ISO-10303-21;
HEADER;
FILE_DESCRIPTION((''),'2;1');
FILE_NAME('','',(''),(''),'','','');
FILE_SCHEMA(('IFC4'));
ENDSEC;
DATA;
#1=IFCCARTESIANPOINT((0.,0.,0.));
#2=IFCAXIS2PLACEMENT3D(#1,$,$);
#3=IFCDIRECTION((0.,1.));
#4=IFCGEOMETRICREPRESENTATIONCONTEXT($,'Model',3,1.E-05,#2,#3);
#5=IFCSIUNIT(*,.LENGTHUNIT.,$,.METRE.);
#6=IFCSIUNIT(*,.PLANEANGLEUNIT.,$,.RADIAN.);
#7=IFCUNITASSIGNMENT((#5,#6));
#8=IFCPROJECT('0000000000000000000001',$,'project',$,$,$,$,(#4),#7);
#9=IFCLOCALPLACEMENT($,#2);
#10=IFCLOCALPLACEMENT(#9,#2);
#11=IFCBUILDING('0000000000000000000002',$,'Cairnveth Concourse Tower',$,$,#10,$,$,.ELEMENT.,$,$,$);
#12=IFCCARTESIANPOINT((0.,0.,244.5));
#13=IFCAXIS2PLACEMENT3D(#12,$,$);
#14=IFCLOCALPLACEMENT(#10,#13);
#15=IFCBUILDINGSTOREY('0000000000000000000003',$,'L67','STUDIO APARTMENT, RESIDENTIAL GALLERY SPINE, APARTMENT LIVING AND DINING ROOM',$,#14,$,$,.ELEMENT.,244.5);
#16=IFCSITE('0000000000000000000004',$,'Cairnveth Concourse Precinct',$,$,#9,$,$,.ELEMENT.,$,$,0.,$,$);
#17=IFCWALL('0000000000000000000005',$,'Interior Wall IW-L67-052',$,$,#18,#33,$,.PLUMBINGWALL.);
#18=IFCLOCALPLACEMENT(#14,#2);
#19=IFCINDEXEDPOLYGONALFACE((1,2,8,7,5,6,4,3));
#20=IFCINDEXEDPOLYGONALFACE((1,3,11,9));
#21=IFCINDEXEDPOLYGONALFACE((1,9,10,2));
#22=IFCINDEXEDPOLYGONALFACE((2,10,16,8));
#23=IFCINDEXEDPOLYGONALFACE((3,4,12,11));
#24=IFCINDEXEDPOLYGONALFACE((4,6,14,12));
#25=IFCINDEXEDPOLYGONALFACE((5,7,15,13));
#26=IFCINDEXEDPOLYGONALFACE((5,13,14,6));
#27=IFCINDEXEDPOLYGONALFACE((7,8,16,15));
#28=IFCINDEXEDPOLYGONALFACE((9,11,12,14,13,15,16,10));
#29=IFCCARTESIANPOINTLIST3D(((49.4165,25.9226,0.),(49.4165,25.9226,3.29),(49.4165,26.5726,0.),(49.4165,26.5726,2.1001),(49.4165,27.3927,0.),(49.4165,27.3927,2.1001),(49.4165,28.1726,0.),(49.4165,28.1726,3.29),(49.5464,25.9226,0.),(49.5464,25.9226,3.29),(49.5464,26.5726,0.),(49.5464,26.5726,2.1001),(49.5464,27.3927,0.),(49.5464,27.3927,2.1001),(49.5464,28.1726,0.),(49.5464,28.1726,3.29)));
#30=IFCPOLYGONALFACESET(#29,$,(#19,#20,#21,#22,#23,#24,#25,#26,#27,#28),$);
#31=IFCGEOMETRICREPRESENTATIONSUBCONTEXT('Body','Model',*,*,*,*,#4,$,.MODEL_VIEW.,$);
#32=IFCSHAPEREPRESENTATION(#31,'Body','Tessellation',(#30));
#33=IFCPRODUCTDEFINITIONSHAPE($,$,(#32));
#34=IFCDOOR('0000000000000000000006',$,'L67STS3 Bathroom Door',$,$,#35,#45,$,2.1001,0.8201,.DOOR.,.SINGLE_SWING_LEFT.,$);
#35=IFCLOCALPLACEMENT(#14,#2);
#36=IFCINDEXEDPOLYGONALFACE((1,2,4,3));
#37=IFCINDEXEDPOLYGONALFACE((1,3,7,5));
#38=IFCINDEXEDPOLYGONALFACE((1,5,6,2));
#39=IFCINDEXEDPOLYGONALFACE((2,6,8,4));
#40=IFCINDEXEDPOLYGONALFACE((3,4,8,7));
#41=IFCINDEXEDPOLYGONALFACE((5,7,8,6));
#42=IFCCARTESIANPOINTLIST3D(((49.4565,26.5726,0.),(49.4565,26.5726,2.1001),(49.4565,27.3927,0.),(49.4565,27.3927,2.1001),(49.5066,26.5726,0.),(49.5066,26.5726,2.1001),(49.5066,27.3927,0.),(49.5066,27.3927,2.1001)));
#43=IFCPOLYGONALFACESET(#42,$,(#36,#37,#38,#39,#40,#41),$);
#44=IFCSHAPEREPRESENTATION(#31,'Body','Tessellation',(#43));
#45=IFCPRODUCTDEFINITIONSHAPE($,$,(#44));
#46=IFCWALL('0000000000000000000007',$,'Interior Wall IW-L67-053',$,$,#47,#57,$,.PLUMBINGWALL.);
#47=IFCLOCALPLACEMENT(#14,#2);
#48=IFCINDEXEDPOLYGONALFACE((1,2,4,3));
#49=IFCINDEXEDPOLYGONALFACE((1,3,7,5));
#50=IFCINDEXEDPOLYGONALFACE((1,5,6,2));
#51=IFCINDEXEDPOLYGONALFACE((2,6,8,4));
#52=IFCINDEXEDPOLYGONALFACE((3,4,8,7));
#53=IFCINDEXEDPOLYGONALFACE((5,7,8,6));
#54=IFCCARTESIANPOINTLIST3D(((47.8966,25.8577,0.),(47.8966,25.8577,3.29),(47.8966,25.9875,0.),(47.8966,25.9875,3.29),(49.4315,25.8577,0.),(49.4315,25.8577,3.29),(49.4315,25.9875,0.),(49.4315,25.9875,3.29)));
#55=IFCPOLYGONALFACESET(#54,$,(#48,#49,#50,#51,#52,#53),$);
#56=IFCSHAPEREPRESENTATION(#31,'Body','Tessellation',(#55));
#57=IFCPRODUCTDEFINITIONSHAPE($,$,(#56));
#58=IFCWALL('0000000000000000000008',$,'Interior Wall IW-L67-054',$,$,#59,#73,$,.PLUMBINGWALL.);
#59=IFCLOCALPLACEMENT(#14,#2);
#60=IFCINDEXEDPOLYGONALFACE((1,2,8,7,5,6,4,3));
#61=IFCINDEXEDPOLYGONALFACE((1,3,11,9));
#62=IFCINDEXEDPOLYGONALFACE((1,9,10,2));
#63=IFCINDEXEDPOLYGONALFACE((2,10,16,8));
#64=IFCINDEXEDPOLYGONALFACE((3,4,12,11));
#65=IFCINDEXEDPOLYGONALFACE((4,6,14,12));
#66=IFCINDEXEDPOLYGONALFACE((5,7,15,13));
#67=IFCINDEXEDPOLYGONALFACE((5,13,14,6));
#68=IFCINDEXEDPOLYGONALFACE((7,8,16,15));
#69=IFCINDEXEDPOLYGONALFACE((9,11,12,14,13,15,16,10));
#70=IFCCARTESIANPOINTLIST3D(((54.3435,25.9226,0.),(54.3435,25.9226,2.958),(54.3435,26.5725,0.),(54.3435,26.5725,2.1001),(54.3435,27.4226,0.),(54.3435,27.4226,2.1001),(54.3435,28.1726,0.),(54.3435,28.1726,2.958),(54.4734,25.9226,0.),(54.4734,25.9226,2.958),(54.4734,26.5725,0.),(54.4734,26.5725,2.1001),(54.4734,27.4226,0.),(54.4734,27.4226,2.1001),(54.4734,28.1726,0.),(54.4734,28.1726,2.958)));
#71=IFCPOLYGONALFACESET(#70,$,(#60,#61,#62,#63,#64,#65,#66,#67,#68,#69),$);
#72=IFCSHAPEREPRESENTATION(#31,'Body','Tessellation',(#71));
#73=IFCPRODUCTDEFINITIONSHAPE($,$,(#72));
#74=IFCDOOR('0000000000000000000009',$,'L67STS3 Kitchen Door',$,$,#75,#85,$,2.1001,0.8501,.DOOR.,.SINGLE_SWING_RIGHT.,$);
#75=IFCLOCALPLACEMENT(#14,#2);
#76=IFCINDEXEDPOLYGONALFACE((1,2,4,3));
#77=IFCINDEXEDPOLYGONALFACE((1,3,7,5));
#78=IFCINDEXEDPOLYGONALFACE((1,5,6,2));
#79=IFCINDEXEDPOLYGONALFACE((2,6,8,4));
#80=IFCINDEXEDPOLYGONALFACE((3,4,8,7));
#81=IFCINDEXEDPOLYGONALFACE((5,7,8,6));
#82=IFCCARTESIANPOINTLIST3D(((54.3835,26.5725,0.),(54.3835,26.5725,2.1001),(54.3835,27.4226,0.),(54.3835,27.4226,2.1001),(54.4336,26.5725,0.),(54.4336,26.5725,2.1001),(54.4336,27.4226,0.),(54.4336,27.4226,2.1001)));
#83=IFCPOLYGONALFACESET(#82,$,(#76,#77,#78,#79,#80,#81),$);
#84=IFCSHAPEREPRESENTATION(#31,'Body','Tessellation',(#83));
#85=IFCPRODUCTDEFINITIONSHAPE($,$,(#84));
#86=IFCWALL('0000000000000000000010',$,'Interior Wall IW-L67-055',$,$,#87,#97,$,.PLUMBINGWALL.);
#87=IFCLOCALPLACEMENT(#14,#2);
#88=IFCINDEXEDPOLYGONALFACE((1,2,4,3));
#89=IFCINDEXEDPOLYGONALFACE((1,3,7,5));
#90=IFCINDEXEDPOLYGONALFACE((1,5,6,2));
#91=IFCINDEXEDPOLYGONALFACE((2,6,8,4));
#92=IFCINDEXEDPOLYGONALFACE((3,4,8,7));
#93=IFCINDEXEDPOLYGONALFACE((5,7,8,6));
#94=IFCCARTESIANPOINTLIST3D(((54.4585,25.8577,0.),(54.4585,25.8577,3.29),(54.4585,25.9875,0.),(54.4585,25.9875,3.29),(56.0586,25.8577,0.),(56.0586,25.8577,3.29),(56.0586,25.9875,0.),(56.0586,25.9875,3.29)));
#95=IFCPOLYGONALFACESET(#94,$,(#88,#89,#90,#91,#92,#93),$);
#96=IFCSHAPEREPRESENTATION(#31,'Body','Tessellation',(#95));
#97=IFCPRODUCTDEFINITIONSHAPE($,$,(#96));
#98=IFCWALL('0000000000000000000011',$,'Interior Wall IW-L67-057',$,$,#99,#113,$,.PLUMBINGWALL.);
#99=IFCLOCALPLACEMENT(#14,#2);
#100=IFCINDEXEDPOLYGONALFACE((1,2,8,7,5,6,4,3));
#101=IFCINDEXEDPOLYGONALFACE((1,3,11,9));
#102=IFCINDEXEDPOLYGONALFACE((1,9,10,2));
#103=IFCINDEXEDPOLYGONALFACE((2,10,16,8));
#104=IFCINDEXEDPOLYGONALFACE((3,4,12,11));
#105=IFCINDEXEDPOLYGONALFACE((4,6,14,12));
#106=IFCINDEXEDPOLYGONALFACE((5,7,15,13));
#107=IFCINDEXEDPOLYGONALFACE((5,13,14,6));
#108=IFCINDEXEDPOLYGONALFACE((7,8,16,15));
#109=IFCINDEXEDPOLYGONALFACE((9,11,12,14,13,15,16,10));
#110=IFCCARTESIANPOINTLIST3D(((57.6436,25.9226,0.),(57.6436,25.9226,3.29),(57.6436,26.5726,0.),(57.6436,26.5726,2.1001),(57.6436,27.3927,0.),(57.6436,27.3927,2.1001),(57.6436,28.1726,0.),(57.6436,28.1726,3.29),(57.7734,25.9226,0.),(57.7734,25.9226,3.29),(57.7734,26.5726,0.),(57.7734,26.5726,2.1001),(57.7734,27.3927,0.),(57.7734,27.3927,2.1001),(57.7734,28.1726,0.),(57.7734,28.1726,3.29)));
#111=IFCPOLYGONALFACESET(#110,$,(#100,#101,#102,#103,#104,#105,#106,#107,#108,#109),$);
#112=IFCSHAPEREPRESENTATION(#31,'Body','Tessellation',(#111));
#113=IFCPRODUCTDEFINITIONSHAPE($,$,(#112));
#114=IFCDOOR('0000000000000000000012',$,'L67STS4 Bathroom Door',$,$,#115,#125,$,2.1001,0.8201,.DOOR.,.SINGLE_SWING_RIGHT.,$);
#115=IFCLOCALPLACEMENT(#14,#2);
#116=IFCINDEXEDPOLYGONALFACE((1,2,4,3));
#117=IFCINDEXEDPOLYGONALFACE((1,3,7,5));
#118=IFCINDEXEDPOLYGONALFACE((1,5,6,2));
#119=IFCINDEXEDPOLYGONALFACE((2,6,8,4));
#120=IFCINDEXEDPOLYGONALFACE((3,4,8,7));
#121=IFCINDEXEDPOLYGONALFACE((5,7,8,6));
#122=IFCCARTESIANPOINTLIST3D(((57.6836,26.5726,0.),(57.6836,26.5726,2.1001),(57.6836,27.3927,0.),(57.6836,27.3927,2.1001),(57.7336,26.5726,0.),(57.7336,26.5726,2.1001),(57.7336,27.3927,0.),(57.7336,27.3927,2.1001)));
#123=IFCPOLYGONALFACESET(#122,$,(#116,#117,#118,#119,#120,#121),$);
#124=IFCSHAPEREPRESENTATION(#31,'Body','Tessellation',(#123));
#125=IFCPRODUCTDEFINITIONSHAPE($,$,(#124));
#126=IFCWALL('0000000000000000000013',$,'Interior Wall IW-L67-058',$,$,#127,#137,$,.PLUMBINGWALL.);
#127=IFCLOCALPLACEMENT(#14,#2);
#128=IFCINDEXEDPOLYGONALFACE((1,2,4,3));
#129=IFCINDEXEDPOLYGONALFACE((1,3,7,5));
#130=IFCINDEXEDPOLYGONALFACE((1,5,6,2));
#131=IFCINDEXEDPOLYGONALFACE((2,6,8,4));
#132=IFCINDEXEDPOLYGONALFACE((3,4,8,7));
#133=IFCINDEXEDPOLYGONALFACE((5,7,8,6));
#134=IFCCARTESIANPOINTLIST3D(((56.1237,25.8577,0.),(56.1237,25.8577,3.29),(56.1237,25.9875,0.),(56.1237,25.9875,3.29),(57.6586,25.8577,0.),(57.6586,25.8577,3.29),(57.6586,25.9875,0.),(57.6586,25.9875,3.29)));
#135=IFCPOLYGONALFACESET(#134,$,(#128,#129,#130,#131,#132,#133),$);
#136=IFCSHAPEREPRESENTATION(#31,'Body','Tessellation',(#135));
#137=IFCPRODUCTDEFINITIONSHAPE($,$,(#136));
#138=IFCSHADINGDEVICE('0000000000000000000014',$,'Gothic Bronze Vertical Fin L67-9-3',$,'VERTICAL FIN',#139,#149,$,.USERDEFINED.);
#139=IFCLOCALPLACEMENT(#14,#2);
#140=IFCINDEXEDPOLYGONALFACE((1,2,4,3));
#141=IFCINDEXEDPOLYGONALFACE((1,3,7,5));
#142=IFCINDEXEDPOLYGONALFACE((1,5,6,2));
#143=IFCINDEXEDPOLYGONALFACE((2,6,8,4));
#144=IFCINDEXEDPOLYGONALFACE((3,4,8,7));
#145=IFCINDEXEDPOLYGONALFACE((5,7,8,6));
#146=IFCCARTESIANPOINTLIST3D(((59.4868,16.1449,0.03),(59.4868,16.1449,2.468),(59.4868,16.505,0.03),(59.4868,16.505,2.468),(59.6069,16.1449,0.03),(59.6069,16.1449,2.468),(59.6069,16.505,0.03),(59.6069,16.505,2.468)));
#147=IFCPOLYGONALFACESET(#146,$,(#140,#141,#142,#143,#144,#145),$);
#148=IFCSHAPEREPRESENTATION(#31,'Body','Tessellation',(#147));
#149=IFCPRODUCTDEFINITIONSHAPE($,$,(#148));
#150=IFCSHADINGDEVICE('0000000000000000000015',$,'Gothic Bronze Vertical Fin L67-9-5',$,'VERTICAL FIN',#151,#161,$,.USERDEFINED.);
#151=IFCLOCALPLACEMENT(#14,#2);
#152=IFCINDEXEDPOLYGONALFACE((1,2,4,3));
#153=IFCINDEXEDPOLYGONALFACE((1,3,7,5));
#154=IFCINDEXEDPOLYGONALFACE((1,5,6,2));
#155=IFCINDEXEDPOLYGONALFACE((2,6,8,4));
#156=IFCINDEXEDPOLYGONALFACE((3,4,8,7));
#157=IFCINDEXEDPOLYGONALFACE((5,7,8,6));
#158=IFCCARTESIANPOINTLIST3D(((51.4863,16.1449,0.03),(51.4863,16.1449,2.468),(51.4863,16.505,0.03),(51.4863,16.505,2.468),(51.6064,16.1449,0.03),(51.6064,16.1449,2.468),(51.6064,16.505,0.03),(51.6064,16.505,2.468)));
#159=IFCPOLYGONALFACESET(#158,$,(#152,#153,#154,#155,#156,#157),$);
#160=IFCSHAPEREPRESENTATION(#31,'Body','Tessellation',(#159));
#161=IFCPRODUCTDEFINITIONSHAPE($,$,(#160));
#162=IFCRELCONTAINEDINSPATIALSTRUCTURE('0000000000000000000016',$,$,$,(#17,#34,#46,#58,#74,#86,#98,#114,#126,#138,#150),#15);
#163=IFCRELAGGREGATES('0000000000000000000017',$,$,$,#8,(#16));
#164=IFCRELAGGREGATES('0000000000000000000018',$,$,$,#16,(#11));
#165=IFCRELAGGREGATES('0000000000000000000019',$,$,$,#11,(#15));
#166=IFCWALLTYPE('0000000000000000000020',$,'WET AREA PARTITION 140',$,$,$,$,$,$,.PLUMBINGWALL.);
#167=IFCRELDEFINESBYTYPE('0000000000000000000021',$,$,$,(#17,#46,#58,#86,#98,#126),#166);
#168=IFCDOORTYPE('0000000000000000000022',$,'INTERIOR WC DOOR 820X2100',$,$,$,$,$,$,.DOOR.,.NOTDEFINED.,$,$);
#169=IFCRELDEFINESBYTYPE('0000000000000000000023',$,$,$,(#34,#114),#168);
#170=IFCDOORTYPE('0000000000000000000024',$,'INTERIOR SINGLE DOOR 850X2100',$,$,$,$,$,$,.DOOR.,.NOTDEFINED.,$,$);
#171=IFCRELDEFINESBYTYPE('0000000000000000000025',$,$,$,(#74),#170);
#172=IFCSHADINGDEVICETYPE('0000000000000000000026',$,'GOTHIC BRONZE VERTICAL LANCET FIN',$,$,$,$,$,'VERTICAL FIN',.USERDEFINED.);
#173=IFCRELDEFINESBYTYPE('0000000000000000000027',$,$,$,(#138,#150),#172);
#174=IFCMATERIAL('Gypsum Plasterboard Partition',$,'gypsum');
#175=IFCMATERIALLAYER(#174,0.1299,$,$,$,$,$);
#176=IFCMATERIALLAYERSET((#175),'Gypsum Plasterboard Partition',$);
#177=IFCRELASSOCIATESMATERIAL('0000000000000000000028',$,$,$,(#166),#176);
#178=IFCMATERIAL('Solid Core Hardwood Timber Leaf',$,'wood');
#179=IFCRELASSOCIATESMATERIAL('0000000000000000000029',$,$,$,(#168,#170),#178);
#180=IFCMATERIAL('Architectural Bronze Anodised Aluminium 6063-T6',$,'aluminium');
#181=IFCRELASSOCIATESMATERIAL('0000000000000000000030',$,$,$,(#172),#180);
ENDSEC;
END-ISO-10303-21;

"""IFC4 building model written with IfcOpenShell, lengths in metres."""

from ifc_helpers import new_model, si_unit, direction, frame, frame_2d, origin, origin_2d, place, context, subcontext, project, spatial, rectangle, extrude, material, layer, layer_set, type_object, element, fill, save


model = new_model("IFC4")

# Units and contexts
model_context = context("Model", 3, precision=1e-05, world=origin(), true_north=direction((0.0, 1.0)))
body_context = subcontext(model_context, "Body", "Model", "MODEL_VIEW")
ifc_project = project(units=[si_unit("LENGTHUNIT", "METRE"), si_unit("PLANEANGLEUNIT", "RADIAN")], contexts=[model_context])

# Site, building, storey
site_placement = place(None, origin())
site = spatial("IfcSite", under=ifc_project, at=site_placement, Name="Cairnveth Concourse Precinct", CompositionType="ELEMENT", RefElevation=0.0)
building_placement = place(site_placement, origin())
building = spatial("IfcBuilding", under=site, at=building_placement, Name="Cairnveth Concourse Tower", CompositionType="ELEMENT")
storey_placement = place(building_placement, frame((0.0, 0.0, 244.5)))
storey = spatial("IfcBuildingStorey", under=building, at=storey_placement, Name="L67", Description="STUDIO APARTMENT, RESIDENTIAL GALLERY SPINE, APARTMENT LIVING AND DINING ROOM", CompositionType="ELEMENT", Elevation=244.5)

# Shared definitions
ifc_material_1 = material(Name="Gypsum Plasterboard Partition", Category="gypsum")
ifc_material_2 = material(Name="Solid Core Hardwood Timber Leaf", Category="wood")

# Wall, opening, door
ifc_layer_1 = layer(ifc_material_1, 0.1299)
ifc_layer_set_1 = layer_set([ifc_layer_1], Name="Gypsum Plasterboard Partition")
wall_type_1 = type_object("IfcWallType", Name="WET AREA PARTITION 140", PredefinedType="PLUMBINGWALL", material=ifc_layer_set_1)
wall_1_placement = place(storey_placement, frame((49.4814, 25.9226, 0.0), z_axis=(0.0, 0.0, 1.0), x_axis=(0.0, 1.0, 0.0)))
wall_1 = element("IfcWall", 1, at=wall_1_placement, inside=storey, type_object=wall_type_1, Name="Interior Wall IW-L67-052", PredefinedType="PLUMBINGWALL", context=body_context, shape_type="SweptSolid", body=[
    extrude(rectangle(XDim=2.25, YDim=0.1299, at=frame_2d((1.125, 0.0))), origin(), (0.0, 0.0, 1.0), 3.29),
])
opening_1_placement = place(wall_1_placement, frame((0.6499, 0.0, 0.0)))
opening_1 = element("IfcOpeningElement", 2, at=opening_1_placement, cuts=wall_1, PredefinedType="OPENING", context=body_context, shape_type="SweptSolid", body=[
    extrude(rectangle(XDim=0.8201, YDim=2.1001, at=frame_2d((0.4102, 1.05))), frame((0.0, 0.075, 0.0), z_axis=(0.0, -1.0, 0.0), x_axis=(1.0, 0.0, 0.0)), (0.0, 0.0, 1.0), 0.1499),
])
door_type_1 = type_object("IfcDoorType", Name="INTERIOR WC DOOR 820X2100", OperationType="NOTDEFINED", PredefinedType="DOOR", material=ifc_material_2)
door_1_placement = place(opening_1_placement, origin())
door_1 = element("IfcDoor", 3, at=door_1_placement, inside=storey, type_object=door_type_1, Name="L67STS3 Bathroom Door", OperationType="SINGLE_SWING_LEFT", OverallHeight=2.1001, OverallWidth=0.8201, PredefinedType="DOOR", context=body_context, shape_type="SweptSolid", body=[
    extrude(rectangle(XDim=0.8201, YDim=2.1001, at=frame_2d((0.4102, 1.05))), frame((0.0, 0.0249, 0.0), z_axis=(0.0, -1.0, 0.0), x_axis=(1.0, 0.0, 0.0)), (0.0, 0.0, 1.0), 0.05),
])
fill(opening_1, door_1)

# Wall
wall_2_placement = place(storey_placement, frame((47.8965, 25.9226, 0.0), z_axis=(0.0, 0.0, 1.0), x_axis=(1.0, 0.0, 0.0)))
element("IfcWall", 4, at=wall_2_placement, inside=storey, type_object=wall_type_1, Name="Interior Wall IW-L67-053", PredefinedType="PLUMBINGWALL", context=body_context, shape_type="SweptSolid", body=[
    extrude(rectangle(XDim=1.5349, YDim=0.1299, at=frame_2d((0.7676, 0.0))), origin(), (0.0, 0.0, 1.0), 3.29),
])

# Wall, opening, door
wall_3_placement = place(storey_placement, frame((54.4084, 25.9226, 0.0), z_axis=(0.0, 0.0, 1.0), x_axis=(0.0, 1.0, 0.0)))
wall_3 = element("IfcWall", 5, at=wall_3_placement, inside=storey, type_object=wall_type_1, Name="Interior Wall IW-L67-054", PredefinedType="PLUMBINGWALL", context=body_context, shape_type="SweptSolid", body=[
    extrude(rectangle(XDim=2.25, YDim=0.1299, at=frame_2d((1.125, 0.0))), origin(), (0.0, 0.0, 1.0), 2.958),
])
opening_2_placement = place(wall_3_placement, frame((0.6499, 0.0, 0.0)))
opening_2 = element("IfcOpeningElement", 6, at=opening_2_placement, cuts=wall_3, PredefinedType="OPENING", context=body_context, shape_type="SweptSolid", body=[
    extrude(rectangle(XDim=0.8501, YDim=2.1001, at=frame_2d((0.425, 1.05))), frame((0.0, 0.075, 0.0), z_axis=(0.0, -1.0, 0.0), x_axis=(1.0, 0.0, 0.0)), (0.0, 0.0, 1.0), 0.1499),
])
door_type_2 = type_object("IfcDoorType", Name="INTERIOR SINGLE DOOR 850X2100", OperationType="NOTDEFINED", PredefinedType="DOOR", material=ifc_material_2)
door_2_placement = place(opening_2_placement, origin())
door_2 = element("IfcDoor", 7, at=door_2_placement, inside=storey, type_object=door_type_2, Name="L67STS3 Kitchen Door", OperationType="SINGLE_SWING_RIGHT", OverallHeight=2.1001, OverallWidth=0.8501, PredefinedType="DOOR", context=body_context, shape_type="SweptSolid", body=[
    extrude(rectangle(XDim=0.8501, YDim=2.1001, at=frame_2d((0.425, 1.05))), frame((0.0, 0.0249, 0.0), z_axis=(0.0, -1.0, 0.0), x_axis=(1.0, 0.0, 0.0)), (0.0, 0.0, 1.0), 0.05),
])
fill(opening_2, door_2)

# Wall
wall_4_placement = place(storey_placement, frame((54.4585, 25.9226, 0.0), z_axis=(0.0, 0.0, 1.0), x_axis=(1.0, 0.0, 0.0)))
element("IfcWall", 8, at=wall_4_placement, inside=storey, type_object=wall_type_1, Name="Interior Wall IW-L67-055", PredefinedType="PLUMBINGWALL", context=body_context, shape_type="SweptSolid", body=[
    extrude(rectangle(XDim=1.6001, YDim=0.1299, at=frame_2d((0.8, 0.0))), origin(), (0.0, 0.0, 1.0), 3.29),
])

# Wall, opening, door
wall_5_placement = place(storey_placement, frame((57.7085, 25.9226, 0.0), z_axis=(0.0, 0.0, 1.0), x_axis=(0.0, 1.0, 0.0)))
wall_5 = element("IfcWall", 9, at=wall_5_placement, inside=storey, type_object=wall_type_1, Name="Interior Wall IW-L67-057", PredefinedType="PLUMBINGWALL", context=body_context, shape_type="SweptSolid", body=[
    extrude(rectangle(XDim=2.25, YDim=0.1299, at=frame_2d((1.125, 0.0))), origin(), (0.0, 0.0, 1.0), 3.29),
])
opening_3_placement = place(wall_5_placement, frame((0.6499, 0.0, 0.0)))
opening_3 = element("IfcOpeningElement", 10, at=opening_3_placement, cuts=wall_5, PredefinedType="OPENING", context=body_context, shape_type="SweptSolid", body=[
    extrude(rectangle(XDim=0.8201, YDim=2.1001, at=frame_2d((0.4102, 1.05))), frame((0.0, 0.075, 0.0), z_axis=(0.0, -1.0, 0.0), x_axis=(1.0, 0.0, 0.0)), (0.0, 0.0, 1.0), 0.1499),
])
door_3_placement = place(opening_3_placement, origin())
door_3 = element("IfcDoor", 11, at=door_3_placement, inside=storey, type_object=door_type_1, Name="L67STS4 Bathroom Door", OperationType="SINGLE_SWING_RIGHT", OverallHeight=2.1001, OverallWidth=0.8201, PredefinedType="DOOR", context=body_context, shape_type="SweptSolid", body=[
    extrude(rectangle(XDim=0.8201, YDim=2.1001, at=frame_2d((0.4102, 1.05))), frame((0.0, 0.0249, 0.0), z_axis=(0.0, -1.0, 0.0), x_axis=(1.0, 0.0, 0.0)), (0.0, 0.0, 1.0), 0.05),
])
fill(opening_3, door_3)

# Wall
wall_6_placement = place(storey_placement, frame((56.1235, 25.9226, 0.0), z_axis=(0.0, 0.0, 1.0), x_axis=(1.0, 0.0, 0.0)))
element("IfcWall", 12, at=wall_6_placement, inside=storey, type_object=wall_type_1, Name="Interior Wall IW-L67-058", PredefinedType="PLUMBINGWALL", context=body_context, shape_type="SweptSolid", body=[
    extrude(rectangle(XDim=1.5349, YDim=0.1299, at=frame_2d((0.7676, 0.0))), origin(), (0.0, 0.0, 1.0), 3.29),
])

# Shading devices
ifc_material_3 = material(Name="Architectural Bronze Anodised Aluminium 6063-T6", Category="aluminium")
shading_device_type = type_object("IfcShadingDeviceType", Name="GOTHIC BRONZE VERTICAL LANCET FIN", ElementType="VERTICAL FIN", PredefinedType="USERDEFINED", material=ifc_material_3)
for number, where, z_axis, x_axis, name in (
    (13, (59.5469, 16.325, 0.03), (0.0, 0.0, 1.0), (1.0, 0.0, 0.0), "Gothic Bronze Vertical Fin L67-9-3"),
    (14, (51.5464, 16.325, 0.03), (0.0, 0.0, 1.0), (1.0, 0.0, 0.0), "Gothic Bronze Vertical Fin L67-9-5"),
):
    element("IfcShadingDevice", number, at=place(storey_placement, frame(where, z_axis=z_axis, x_axis=x_axis)), inside=storey, type_object=shading_device_type, Name=name, ObjectType="VERTICAL FIN", PredefinedType="USERDEFINED", context=body_context, shape_type="SweptSolid", body=[
        extrude(rectangle(XDim=0.1201, YDim=0.3601, at=origin_2d()), origin(), (0.0, 0.0, 1.0), 2.438),
    ])

save(model, "model.ifc")
